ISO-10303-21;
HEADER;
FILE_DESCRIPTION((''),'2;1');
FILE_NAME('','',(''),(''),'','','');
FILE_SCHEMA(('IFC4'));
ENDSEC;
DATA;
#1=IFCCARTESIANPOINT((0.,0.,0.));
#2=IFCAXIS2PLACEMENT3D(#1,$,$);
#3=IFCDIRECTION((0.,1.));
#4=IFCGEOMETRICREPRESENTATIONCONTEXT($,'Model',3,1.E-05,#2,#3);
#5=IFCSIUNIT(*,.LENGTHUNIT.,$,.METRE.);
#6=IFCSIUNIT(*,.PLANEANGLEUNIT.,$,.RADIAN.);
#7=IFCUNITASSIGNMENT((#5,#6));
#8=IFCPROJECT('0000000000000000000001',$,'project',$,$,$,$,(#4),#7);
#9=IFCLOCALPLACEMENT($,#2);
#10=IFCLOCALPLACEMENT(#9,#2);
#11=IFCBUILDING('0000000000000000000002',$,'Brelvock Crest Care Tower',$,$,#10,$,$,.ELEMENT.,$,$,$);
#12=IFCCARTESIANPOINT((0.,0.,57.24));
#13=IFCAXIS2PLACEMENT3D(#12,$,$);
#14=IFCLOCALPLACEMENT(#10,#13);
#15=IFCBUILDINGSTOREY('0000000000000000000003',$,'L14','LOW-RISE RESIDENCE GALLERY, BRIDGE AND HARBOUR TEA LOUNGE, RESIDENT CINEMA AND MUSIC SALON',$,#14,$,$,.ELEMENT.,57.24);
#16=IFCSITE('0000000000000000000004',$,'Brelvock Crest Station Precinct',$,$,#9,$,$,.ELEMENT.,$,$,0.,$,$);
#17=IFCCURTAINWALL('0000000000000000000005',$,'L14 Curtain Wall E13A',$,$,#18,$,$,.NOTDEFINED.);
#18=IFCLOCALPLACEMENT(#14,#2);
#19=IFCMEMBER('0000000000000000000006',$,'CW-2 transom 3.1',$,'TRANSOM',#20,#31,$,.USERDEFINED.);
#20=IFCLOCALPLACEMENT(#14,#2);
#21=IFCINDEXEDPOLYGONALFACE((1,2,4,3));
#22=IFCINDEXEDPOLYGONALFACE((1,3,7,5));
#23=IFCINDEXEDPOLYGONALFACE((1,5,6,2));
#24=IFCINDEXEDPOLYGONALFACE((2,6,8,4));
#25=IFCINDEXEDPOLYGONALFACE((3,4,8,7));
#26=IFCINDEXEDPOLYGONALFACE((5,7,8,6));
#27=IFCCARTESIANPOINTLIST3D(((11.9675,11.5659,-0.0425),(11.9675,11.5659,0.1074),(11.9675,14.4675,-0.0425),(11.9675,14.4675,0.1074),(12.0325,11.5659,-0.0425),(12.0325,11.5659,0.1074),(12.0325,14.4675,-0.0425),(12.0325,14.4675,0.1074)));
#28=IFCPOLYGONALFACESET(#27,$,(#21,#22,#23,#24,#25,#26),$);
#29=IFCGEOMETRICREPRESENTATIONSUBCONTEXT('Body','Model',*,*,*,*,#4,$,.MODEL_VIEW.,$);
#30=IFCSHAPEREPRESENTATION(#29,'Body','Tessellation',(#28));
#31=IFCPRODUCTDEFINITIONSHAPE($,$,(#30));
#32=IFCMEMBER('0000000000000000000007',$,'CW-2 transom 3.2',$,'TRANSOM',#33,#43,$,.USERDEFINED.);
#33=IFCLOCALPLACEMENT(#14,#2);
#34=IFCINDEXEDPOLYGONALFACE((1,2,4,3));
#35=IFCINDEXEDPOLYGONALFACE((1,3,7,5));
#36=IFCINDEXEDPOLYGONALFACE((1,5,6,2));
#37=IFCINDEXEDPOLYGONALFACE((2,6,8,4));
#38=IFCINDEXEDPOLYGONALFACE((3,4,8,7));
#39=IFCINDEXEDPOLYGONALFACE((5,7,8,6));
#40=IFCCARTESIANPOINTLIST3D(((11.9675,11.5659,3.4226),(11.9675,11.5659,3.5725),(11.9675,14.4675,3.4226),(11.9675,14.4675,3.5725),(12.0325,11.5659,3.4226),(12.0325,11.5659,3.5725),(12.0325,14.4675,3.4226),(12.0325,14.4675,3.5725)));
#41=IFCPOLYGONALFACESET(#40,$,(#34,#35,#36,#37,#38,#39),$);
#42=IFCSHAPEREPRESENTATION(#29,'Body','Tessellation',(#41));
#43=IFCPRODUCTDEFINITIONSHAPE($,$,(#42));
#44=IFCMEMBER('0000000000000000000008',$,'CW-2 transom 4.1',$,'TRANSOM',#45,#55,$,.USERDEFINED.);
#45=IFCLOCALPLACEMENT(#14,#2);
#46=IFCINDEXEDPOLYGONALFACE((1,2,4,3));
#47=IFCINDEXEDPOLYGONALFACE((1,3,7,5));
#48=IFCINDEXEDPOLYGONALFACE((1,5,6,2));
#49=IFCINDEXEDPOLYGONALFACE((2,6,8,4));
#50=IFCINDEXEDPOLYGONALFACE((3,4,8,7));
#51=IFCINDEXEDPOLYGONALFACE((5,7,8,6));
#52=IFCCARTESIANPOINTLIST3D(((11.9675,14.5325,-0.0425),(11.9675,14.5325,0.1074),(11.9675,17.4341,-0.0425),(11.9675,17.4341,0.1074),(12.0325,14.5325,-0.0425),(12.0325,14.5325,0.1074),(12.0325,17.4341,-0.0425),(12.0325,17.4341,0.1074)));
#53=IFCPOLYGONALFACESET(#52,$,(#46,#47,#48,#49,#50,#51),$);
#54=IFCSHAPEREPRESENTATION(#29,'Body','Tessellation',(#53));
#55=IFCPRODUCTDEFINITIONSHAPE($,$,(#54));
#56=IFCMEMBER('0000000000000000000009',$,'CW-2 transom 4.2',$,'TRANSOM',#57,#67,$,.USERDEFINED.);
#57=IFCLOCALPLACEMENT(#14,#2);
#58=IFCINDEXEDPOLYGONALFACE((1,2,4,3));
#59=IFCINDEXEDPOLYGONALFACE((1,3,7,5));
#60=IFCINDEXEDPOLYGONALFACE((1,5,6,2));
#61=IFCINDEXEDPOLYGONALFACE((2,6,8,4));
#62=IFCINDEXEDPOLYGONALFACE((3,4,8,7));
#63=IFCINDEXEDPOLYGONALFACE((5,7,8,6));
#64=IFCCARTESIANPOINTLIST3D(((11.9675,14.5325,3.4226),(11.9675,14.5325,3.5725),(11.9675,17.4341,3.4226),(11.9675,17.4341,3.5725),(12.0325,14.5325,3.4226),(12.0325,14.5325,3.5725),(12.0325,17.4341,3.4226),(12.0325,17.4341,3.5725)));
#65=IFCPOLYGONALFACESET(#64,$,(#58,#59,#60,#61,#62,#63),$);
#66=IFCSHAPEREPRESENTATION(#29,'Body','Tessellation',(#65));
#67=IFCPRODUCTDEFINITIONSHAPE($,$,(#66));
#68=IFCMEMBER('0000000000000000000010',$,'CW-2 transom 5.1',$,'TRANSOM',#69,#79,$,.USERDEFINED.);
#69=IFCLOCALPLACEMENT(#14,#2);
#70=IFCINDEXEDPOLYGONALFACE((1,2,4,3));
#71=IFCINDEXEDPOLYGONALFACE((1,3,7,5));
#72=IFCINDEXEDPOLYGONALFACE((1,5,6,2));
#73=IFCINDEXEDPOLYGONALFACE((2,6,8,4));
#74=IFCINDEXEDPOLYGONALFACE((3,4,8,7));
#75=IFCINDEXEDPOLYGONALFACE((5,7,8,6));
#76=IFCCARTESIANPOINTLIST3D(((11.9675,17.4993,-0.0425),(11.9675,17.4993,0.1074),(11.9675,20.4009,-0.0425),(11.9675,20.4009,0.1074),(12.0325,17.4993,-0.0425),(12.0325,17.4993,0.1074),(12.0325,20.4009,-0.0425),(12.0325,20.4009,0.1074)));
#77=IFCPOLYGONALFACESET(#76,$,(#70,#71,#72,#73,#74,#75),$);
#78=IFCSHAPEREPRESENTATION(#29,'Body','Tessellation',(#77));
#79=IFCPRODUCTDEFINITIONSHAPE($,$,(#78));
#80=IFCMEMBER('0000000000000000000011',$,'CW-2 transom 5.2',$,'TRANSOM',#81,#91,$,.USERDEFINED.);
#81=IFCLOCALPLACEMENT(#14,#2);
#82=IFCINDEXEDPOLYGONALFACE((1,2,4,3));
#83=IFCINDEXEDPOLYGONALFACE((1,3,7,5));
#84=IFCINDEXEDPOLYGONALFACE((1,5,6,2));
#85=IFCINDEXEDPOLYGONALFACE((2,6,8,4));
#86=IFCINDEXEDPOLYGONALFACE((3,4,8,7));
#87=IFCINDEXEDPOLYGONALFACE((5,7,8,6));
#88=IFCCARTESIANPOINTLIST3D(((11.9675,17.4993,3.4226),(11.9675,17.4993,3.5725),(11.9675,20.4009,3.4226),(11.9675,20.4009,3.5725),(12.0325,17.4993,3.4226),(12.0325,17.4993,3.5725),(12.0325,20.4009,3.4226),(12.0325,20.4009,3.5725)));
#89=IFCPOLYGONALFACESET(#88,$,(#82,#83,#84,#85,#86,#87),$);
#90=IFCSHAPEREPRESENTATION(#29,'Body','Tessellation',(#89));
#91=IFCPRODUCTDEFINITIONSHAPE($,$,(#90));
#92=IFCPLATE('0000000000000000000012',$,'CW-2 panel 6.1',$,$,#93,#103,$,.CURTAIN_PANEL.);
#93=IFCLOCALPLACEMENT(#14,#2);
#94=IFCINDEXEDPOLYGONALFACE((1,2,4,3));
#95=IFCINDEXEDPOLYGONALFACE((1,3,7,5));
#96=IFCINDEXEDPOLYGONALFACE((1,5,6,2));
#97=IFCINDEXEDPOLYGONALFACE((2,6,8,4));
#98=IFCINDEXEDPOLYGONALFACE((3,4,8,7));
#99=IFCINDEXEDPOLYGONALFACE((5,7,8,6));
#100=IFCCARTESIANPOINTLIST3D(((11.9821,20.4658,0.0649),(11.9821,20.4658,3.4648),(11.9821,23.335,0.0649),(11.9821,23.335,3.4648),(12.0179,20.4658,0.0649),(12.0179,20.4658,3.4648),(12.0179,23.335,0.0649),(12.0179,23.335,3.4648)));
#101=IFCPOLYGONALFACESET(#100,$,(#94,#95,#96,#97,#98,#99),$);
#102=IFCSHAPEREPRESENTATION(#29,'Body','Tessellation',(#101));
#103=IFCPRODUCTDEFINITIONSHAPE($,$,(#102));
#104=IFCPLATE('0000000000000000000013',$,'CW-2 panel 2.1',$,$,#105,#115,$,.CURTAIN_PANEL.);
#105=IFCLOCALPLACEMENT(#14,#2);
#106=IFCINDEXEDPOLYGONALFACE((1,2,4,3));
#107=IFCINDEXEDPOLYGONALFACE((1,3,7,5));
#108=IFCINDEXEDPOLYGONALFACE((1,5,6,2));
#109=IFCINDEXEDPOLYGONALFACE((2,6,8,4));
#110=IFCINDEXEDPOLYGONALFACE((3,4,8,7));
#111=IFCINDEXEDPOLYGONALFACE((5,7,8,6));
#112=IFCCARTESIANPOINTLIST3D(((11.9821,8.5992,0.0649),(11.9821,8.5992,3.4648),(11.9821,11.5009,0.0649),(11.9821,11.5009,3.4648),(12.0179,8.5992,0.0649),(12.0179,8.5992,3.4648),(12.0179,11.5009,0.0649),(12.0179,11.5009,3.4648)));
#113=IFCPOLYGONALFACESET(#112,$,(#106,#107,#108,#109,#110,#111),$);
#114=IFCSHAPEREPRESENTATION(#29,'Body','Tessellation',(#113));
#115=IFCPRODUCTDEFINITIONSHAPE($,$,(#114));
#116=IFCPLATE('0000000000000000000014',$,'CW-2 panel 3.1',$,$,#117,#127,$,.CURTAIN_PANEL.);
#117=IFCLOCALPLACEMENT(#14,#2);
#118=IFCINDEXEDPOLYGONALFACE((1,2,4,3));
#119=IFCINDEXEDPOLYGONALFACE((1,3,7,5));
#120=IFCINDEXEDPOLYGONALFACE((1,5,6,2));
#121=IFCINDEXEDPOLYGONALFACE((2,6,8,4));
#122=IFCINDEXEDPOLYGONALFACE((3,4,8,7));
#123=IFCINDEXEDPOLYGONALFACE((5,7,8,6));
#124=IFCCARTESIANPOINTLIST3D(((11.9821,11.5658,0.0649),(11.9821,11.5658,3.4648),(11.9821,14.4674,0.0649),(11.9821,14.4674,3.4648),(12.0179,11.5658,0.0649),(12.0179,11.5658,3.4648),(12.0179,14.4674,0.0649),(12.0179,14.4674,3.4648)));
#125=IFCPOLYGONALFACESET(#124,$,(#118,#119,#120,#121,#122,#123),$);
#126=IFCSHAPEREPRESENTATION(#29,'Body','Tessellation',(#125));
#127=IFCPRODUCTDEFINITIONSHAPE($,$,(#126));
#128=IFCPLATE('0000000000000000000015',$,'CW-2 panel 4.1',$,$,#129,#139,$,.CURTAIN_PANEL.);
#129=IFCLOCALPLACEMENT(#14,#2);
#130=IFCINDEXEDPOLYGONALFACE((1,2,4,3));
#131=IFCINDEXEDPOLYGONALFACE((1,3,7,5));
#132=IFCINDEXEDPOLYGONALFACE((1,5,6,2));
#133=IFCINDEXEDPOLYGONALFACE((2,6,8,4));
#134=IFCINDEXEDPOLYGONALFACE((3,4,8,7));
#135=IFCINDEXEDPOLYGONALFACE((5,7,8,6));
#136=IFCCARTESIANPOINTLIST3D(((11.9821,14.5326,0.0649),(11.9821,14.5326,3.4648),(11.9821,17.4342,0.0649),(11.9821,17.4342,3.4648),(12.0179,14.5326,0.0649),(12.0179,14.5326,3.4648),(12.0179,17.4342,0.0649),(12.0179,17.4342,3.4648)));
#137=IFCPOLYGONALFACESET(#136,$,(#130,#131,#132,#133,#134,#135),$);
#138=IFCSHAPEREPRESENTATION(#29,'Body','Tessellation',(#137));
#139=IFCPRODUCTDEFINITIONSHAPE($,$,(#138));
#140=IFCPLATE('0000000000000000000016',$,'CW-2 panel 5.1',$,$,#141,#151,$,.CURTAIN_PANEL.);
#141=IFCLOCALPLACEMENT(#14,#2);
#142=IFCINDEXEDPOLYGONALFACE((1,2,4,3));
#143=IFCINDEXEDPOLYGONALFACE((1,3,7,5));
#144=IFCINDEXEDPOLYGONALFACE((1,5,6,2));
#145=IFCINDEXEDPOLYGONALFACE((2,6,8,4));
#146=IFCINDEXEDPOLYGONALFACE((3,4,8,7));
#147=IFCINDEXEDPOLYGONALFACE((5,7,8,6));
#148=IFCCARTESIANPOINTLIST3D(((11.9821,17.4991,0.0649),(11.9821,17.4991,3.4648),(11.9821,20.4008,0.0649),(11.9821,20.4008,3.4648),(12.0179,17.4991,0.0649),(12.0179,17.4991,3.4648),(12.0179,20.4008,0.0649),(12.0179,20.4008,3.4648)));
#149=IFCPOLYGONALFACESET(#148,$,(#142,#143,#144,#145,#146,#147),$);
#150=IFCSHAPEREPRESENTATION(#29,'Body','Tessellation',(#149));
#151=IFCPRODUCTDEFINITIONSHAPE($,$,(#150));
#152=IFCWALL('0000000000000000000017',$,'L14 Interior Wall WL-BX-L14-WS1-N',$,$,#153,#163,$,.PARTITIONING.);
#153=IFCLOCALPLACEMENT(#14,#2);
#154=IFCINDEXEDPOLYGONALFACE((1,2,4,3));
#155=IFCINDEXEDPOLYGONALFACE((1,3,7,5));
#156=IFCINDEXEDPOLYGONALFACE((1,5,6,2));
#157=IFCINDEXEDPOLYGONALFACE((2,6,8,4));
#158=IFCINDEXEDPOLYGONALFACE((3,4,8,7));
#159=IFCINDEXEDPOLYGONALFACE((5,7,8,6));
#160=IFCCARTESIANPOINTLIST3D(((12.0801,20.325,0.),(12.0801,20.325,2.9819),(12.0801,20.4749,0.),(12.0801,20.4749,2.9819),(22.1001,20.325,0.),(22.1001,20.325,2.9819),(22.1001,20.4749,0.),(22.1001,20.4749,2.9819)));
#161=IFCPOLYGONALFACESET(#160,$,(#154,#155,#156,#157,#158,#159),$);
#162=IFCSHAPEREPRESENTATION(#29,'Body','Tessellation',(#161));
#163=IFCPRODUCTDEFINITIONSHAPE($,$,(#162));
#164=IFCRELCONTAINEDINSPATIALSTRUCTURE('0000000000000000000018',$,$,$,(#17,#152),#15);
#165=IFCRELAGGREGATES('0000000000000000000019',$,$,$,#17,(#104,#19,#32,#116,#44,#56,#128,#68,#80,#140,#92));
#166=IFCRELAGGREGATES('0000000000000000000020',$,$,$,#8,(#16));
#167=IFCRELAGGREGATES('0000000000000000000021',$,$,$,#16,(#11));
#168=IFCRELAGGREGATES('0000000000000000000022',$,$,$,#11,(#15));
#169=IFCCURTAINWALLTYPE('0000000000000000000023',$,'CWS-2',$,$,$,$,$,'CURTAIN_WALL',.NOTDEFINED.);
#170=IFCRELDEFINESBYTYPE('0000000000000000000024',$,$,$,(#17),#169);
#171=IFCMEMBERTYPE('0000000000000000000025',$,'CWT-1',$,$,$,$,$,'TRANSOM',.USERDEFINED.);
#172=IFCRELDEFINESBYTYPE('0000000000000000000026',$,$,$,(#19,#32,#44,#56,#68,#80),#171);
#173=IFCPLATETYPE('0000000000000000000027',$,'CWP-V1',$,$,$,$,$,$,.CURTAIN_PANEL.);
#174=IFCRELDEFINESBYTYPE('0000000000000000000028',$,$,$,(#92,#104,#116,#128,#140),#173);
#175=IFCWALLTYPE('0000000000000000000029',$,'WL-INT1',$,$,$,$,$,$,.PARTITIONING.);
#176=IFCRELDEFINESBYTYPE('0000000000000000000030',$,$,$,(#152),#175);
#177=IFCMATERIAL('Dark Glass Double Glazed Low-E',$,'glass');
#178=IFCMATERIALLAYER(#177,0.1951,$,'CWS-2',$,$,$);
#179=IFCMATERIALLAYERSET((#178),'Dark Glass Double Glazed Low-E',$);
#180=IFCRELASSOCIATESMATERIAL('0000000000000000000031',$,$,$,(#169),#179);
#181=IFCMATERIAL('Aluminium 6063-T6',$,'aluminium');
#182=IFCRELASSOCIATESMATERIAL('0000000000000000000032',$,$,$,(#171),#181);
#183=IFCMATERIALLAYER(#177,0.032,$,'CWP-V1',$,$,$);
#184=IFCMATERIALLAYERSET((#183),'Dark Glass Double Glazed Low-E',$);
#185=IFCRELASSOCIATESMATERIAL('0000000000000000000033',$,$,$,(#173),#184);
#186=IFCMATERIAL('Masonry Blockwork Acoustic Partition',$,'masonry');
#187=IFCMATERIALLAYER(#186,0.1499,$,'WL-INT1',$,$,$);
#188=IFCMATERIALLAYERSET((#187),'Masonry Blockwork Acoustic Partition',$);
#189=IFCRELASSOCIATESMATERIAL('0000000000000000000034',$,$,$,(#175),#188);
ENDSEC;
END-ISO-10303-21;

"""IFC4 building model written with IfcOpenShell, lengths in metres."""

from ifc_helpers import new_model, si_unit, direction, frame, frame_2d, origin, origin_2d, place, context, subcontext, project, spatial, rectangle, extrude, source, transform, mapped, material, layer, layer_set, material_profile, profile_set, type_object, element, aggregate, save


model = new_model("IFC4")

# Units and contexts
model_context = context("Model", 3, precision=1e-05, world=origin(), true_north=direction((0.0, 1.0)))
body_context = subcontext(model_context, "Body", "Model", "MODEL_VIEW")
ifc_project = project(units=[si_unit("LENGTHUNIT", "METRE"), si_unit("PLANEANGLEUNIT", "RADIAN")], contexts=[model_context])

# Site, building, storey
site_placement = place(None, origin())
site = spatial("IfcSite", under=ifc_project, at=site_placement, Name="Brelvock Crest Station Precinct", CompositionType="ELEMENT", RefElevation=0.0)
building_placement = place(site_placement, origin())
building = spatial("IfcBuilding", under=site, at=building_placement, Name="Brelvock Crest Care Tower", CompositionType="ELEMENT")
storey_placement = place(building_placement, frame((0.0, 0.0, 57.24)))
storey = spatial("IfcBuildingStorey", under=building, at=storey_placement, Name="L14", Description="LOW-RISE RESIDENCE GALLERY, BRIDGE AND HARBOUR TEA LOUNGE, RESIDENT CINEMA AND MUSIC SALON", CompositionType="ELEMENT", Elevation=57.24)

# Curtain wall, members, plates
ifc_material_1 = material(Name="Dark Glass Double Glazed Low-E", Category="glass")
ifc_layer_1 = layer(ifc_material_1, 0.1951, Name="CWS-2")
ifc_layer_set_1 = layer_set([ifc_layer_1], Name="Dark Glass Double Glazed Low-E")
curtain_wall_type = type_object("IfcCurtainWallType", Name="CWS-2", ElementType="CURTAIN_WALL", PredefinedType="NOTDEFINED", material=ifc_layer_set_1)
curtain_wall_placement = place(storey_placement, origin())
curtain_wall = element("IfcCurtainWall", 1, at=curtain_wall_placement, inside=storey, type_object=curtain_wall_type, Name="L14 Curtain Wall E13A", PredefinedType="NOTDEFINED")
ifc_material_2 = material(Name="Aluminium 6063-T6", Category="aluminium")
ifc_material_profile_1 = material_profile(ifc_material_2, rectangle(XDim=0.0649, YDim=0.1499, at=origin_2d()), Name="ALU65x150")
ifc_profile_set_1 = profile_set([ifc_material_profile_1], Name="Aluminium 6063-T6")
member_type_1 = type_object("IfcMemberType", Name="CWT-1", ElementType="TRANSOM", PredefinedType="USERDEFINED", material=ifc_profile_set_1)
shared_shape_1 = source(origin(), body_context, "Body", "SweptSolid", [
    extrude(rectangle(XDim=0.0649, YDim=0.1499, at=origin_2d()), origin(), (0.0, 0.0, 1.0), 2.9016),
])
member_1_placement = place(storey_placement, frame((12.0, 11.5659, 0.0325), z_axis=(0.0, 1.0, 0.0), x_axis=(-1.0, 0.0, 0.0)))
member_1 = element("IfcMember", 2, at=member_1_placement, type_object=member_type_1, Name="CW-2 transom 3.1", ObjectType="TRANSOM", PredefinedType="USERDEFINED", context=body_context, shape_type="MappedRepresentation", body=[
    mapped(shared_shape_1, transform((0.0, 0.0, 0.0), x_axis=(1.0, 0.0, 0.0), y_axis=(0.0, 1.0, 0.0), z_axis=(0.0, 0.0, 1.0), scale=1.0)),
])
member_2_placement = place(storey_placement, frame((12.0, 11.5659, 3.4976), z_axis=(0.0, 1.0, 0.0), x_axis=(-1.0, 0.0, 0.0)))
member_2 = element("IfcMember", 3, at=member_2_placement, type_object=member_type_1, Name="CW-2 transom 3.2", ObjectType="TRANSOM", PredefinedType="USERDEFINED", context=body_context, shape_type="MappedRepresentation", body=[
    mapped(shared_shape_1, transform((0.0, 0.0, 0.0), x_axis=(1.0, 0.0, 0.0), y_axis=(0.0, 1.0, 0.0), z_axis=(0.0, 0.0, 1.0), scale=1.0)),
])
member_3_placement = place(storey_placement, frame((12.0, 14.5325, 0.0325), z_axis=(0.0, 1.0, 0.0), x_axis=(-1.0, 0.0, 0.0)))
member_3 = element("IfcMember", 4, at=member_3_placement, type_object=member_type_1, Name="CW-2 transom 4.1", ObjectType="TRANSOM", PredefinedType="USERDEFINED", context=body_context, shape_type="MappedRepresentation", body=[
    mapped(shared_shape_1, transform((0.0, 0.0, 0.0), x_axis=(1.0, 0.0, 0.0), y_axis=(0.0, 1.0, 0.0), z_axis=(0.0, 0.0, 1.0), scale=1.0)),
])
member_4_placement = place(storey_placement, frame((12.0, 14.5325, 3.4976), z_axis=(0.0, 1.0, 0.0), x_axis=(-1.0, 0.0, 0.0)))
member_4 = element("IfcMember", 5, at=member_4_placement, type_object=member_type_1, Name="CW-2 transom 4.2", ObjectType="TRANSOM", PredefinedType="USERDEFINED", context=body_context, shape_type="MappedRepresentation", body=[
    mapped(shared_shape_1, transform((0.0, 0.0, 0.0), x_axis=(1.0, 0.0, 0.0), y_axis=(0.0, 1.0, 0.0), z_axis=(0.0, 0.0, 1.0), scale=1.0)),
])
member_5_placement = place(storey_placement, frame((12.0, 17.4993, 0.0325), z_axis=(0.0, 1.0, 0.0), x_axis=(-1.0, 0.0, 0.0)))
member_5 = element("IfcMember", 6, at=member_5_placement, type_object=member_type_1, Name="CW-2 transom 5.1", ObjectType="TRANSOM", PredefinedType="USERDEFINED", context=body_context, shape_type="MappedRepresentation", body=[
    mapped(shared_shape_1, transform((0.0, 0.0, 0.0), x_axis=(1.0, 0.0, 0.0), y_axis=(0.0, 1.0, 0.0), z_axis=(0.0, 0.0, 1.0), scale=1.0)),
])
member_6_placement = place(storey_placement, frame((12.0, 17.4993, 3.4976), z_axis=(0.0, 1.0, 0.0), x_axis=(-1.0, 0.0, 0.0)))
member_6 = element("IfcMember", 7, at=member_6_placement, type_object=member_type_1, Name="CW-2 transom 5.2", ObjectType="TRANSOM", PredefinedType="USERDEFINED", context=body_context, shape_type="MappedRepresentation", body=[
    mapped(shared_shape_1, transform((0.0, 0.0, 0.0), x_axis=(1.0, 0.0, 0.0), y_axis=(0.0, 1.0, 0.0), z_axis=(0.0, 0.0, 1.0), scale=1.0)),
])
ifc_layer_2 = layer(ifc_material_1, 0.032, Name="CWP-V1")
ifc_layer_set_2 = layer_set([ifc_layer_2], Name="Dark Glass Double Glazed Low-E")
plate_type = type_object("IfcPlateType", Name="CWP-V1", PredefinedType="CURTAIN_PANEL", material=ifc_layer_set_2)
shared_shape_2 = source(origin(), body_context, "Body", "SweptSolid", [
    extrude(rectangle(XDim=2.8691, YDim=0.0359, at=origin_2d()), origin(), (0.0, 0.0, 1.0), 3.3999),
])
plate_1_placement = place(storey_placement, frame((12.0, 21.9004, 0.0649), z_axis=(0.0, 0.0, 1.0), x_axis=(0.0, 1.0, 0.0)))
plate_1 = element("IfcPlate", 8, at=plate_1_placement, type_object=plate_type, Name="CW-2 panel 6.1", PredefinedType="CURTAIN_PANEL", context=body_context, shape_type="MappedRepresentation", body=[
    mapped(shared_shape_2, transform((0.0, 0.0, 0.0), x_axis=(1.0, 0.0, 0.0), y_axis=(0.0, 1.0, 0.0), z_axis=(0.0, 0.0, 1.0), scale=1.0)),
])
shared_shape_3 = source(origin(), body_context, "Body", "SweptSolid", [
    extrude(rectangle(XDim=2.9016, YDim=0.0359, at=origin_2d()), origin(), (0.0, 0.0, 1.0), 3.3999),
])
plate_2_placement = place(storey_placement, frame((12.0, 10.05, 0.0649), z_axis=(0.0, 0.0, 1.0), x_axis=(0.0, 1.0, 0.0)))
plate_2 = element("IfcPlate", 9, at=plate_2_placement, type_object=plate_type, Name="CW-2 panel 2.1", PredefinedType="CURTAIN_PANEL", context=body_context, shape_type="MappedRepresentation", body=[
    mapped(shared_shape_3, transform((0.0, 0.0, 0.0), x_axis=(1.0, 0.0, 0.0), y_axis=(0.0, 1.0, 0.0), z_axis=(0.0, 0.0, 1.0), scale=1.0)),
])
plate_3_placement = place(storey_placement, frame((12.0, 13.0166, 0.0649), z_axis=(0.0, 0.0, 1.0), x_axis=(0.0, 1.0, 0.0)))
plate_3 = element("IfcPlate", 10, at=plate_3_placement, type_object=plate_type, Name="CW-2 panel 3.1", PredefinedType="CURTAIN_PANEL", context=body_context, shape_type="MappedRepresentation", body=[
    mapped(shared_shape_3, transform((0.0, 0.0, 0.0), x_axis=(1.0, 0.0, 0.0), y_axis=(0.0, 1.0, 0.0), z_axis=(0.0, 0.0, 1.0), scale=1.0)),
])
plate_4_placement = place(storey_placement, frame((12.0, 15.9834, 0.0649), z_axis=(0.0, 0.0, 1.0), x_axis=(0.0, 1.0, 0.0)))
plate_4 = element("IfcPlate", 11, at=plate_4_placement, type_object=plate_type, Name="CW-2 panel 4.1", PredefinedType="CURTAIN_PANEL", context=body_context, shape_type="MappedRepresentation", body=[
    mapped(shared_shape_3, transform((0.0, 0.0, 0.0), x_axis=(1.0, 0.0, 0.0), y_axis=(0.0, 1.0, 0.0), z_axis=(0.0, 0.0, 1.0), scale=1.0)),
])
plate_5_placement = place(storey_placement, frame((12.0, 18.95, 0.0649), z_axis=(0.0, 0.0, 1.0), x_axis=(0.0, 1.0, 0.0)))
plate_5 = element("IfcPlate", 12, at=plate_5_placement, type_object=plate_type, Name="CW-2 panel 5.1", PredefinedType="CURTAIN_PANEL", context=body_context, shape_type="MappedRepresentation", body=[
    mapped(shared_shape_3, transform((0.0, 0.0, 0.0), x_axis=(1.0, 0.0, 0.0), y_axis=(0.0, 1.0, 0.0), z_axis=(0.0, 0.0, 1.0), scale=1.0)),
])
aggregate(curtain_wall, [plate_2, member_1, member_2, plate_3, member_3, member_4, plate_4, member_5, member_6, plate_5, plate_1])

# Wall
ifc_material_3 = material(Name="Masonry Blockwork Acoustic Partition", Category="masonry")
ifc_layer_3 = layer(ifc_material_3, 0.1499, Name="WL-INT1")
ifc_layer_set_3 = layer_set([ifc_layer_3], Name="Masonry Blockwork Acoustic Partition")
wall_type = type_object("IfcWallType", Name="WL-INT1", PredefinedType="PARTITIONING", material=ifc_layer_set_3)
wall_1_placement = place(storey_placement, frame((12.0801, 20.3999, 0.0), z_axis=(0.0, 0.0, 1.0), x_axis=(1.0, 0.0, 0.0)))
element("IfcWall", 13, at=wall_1_placement, inside=storey, type_object=wall_type, Name="L14 Interior Wall WL-BX-L14-WS1-N", PredefinedType="PARTITIONING", context=body_context, shape_type="SweptSolid", body=[
    extrude(rectangle(XDim=10.02, YDim=0.1499, at=frame_2d((5.01, 0.0))), origin(), (0.0, 0.0, 1.0), 2.9819),
])

save(model, "model.ifc")
